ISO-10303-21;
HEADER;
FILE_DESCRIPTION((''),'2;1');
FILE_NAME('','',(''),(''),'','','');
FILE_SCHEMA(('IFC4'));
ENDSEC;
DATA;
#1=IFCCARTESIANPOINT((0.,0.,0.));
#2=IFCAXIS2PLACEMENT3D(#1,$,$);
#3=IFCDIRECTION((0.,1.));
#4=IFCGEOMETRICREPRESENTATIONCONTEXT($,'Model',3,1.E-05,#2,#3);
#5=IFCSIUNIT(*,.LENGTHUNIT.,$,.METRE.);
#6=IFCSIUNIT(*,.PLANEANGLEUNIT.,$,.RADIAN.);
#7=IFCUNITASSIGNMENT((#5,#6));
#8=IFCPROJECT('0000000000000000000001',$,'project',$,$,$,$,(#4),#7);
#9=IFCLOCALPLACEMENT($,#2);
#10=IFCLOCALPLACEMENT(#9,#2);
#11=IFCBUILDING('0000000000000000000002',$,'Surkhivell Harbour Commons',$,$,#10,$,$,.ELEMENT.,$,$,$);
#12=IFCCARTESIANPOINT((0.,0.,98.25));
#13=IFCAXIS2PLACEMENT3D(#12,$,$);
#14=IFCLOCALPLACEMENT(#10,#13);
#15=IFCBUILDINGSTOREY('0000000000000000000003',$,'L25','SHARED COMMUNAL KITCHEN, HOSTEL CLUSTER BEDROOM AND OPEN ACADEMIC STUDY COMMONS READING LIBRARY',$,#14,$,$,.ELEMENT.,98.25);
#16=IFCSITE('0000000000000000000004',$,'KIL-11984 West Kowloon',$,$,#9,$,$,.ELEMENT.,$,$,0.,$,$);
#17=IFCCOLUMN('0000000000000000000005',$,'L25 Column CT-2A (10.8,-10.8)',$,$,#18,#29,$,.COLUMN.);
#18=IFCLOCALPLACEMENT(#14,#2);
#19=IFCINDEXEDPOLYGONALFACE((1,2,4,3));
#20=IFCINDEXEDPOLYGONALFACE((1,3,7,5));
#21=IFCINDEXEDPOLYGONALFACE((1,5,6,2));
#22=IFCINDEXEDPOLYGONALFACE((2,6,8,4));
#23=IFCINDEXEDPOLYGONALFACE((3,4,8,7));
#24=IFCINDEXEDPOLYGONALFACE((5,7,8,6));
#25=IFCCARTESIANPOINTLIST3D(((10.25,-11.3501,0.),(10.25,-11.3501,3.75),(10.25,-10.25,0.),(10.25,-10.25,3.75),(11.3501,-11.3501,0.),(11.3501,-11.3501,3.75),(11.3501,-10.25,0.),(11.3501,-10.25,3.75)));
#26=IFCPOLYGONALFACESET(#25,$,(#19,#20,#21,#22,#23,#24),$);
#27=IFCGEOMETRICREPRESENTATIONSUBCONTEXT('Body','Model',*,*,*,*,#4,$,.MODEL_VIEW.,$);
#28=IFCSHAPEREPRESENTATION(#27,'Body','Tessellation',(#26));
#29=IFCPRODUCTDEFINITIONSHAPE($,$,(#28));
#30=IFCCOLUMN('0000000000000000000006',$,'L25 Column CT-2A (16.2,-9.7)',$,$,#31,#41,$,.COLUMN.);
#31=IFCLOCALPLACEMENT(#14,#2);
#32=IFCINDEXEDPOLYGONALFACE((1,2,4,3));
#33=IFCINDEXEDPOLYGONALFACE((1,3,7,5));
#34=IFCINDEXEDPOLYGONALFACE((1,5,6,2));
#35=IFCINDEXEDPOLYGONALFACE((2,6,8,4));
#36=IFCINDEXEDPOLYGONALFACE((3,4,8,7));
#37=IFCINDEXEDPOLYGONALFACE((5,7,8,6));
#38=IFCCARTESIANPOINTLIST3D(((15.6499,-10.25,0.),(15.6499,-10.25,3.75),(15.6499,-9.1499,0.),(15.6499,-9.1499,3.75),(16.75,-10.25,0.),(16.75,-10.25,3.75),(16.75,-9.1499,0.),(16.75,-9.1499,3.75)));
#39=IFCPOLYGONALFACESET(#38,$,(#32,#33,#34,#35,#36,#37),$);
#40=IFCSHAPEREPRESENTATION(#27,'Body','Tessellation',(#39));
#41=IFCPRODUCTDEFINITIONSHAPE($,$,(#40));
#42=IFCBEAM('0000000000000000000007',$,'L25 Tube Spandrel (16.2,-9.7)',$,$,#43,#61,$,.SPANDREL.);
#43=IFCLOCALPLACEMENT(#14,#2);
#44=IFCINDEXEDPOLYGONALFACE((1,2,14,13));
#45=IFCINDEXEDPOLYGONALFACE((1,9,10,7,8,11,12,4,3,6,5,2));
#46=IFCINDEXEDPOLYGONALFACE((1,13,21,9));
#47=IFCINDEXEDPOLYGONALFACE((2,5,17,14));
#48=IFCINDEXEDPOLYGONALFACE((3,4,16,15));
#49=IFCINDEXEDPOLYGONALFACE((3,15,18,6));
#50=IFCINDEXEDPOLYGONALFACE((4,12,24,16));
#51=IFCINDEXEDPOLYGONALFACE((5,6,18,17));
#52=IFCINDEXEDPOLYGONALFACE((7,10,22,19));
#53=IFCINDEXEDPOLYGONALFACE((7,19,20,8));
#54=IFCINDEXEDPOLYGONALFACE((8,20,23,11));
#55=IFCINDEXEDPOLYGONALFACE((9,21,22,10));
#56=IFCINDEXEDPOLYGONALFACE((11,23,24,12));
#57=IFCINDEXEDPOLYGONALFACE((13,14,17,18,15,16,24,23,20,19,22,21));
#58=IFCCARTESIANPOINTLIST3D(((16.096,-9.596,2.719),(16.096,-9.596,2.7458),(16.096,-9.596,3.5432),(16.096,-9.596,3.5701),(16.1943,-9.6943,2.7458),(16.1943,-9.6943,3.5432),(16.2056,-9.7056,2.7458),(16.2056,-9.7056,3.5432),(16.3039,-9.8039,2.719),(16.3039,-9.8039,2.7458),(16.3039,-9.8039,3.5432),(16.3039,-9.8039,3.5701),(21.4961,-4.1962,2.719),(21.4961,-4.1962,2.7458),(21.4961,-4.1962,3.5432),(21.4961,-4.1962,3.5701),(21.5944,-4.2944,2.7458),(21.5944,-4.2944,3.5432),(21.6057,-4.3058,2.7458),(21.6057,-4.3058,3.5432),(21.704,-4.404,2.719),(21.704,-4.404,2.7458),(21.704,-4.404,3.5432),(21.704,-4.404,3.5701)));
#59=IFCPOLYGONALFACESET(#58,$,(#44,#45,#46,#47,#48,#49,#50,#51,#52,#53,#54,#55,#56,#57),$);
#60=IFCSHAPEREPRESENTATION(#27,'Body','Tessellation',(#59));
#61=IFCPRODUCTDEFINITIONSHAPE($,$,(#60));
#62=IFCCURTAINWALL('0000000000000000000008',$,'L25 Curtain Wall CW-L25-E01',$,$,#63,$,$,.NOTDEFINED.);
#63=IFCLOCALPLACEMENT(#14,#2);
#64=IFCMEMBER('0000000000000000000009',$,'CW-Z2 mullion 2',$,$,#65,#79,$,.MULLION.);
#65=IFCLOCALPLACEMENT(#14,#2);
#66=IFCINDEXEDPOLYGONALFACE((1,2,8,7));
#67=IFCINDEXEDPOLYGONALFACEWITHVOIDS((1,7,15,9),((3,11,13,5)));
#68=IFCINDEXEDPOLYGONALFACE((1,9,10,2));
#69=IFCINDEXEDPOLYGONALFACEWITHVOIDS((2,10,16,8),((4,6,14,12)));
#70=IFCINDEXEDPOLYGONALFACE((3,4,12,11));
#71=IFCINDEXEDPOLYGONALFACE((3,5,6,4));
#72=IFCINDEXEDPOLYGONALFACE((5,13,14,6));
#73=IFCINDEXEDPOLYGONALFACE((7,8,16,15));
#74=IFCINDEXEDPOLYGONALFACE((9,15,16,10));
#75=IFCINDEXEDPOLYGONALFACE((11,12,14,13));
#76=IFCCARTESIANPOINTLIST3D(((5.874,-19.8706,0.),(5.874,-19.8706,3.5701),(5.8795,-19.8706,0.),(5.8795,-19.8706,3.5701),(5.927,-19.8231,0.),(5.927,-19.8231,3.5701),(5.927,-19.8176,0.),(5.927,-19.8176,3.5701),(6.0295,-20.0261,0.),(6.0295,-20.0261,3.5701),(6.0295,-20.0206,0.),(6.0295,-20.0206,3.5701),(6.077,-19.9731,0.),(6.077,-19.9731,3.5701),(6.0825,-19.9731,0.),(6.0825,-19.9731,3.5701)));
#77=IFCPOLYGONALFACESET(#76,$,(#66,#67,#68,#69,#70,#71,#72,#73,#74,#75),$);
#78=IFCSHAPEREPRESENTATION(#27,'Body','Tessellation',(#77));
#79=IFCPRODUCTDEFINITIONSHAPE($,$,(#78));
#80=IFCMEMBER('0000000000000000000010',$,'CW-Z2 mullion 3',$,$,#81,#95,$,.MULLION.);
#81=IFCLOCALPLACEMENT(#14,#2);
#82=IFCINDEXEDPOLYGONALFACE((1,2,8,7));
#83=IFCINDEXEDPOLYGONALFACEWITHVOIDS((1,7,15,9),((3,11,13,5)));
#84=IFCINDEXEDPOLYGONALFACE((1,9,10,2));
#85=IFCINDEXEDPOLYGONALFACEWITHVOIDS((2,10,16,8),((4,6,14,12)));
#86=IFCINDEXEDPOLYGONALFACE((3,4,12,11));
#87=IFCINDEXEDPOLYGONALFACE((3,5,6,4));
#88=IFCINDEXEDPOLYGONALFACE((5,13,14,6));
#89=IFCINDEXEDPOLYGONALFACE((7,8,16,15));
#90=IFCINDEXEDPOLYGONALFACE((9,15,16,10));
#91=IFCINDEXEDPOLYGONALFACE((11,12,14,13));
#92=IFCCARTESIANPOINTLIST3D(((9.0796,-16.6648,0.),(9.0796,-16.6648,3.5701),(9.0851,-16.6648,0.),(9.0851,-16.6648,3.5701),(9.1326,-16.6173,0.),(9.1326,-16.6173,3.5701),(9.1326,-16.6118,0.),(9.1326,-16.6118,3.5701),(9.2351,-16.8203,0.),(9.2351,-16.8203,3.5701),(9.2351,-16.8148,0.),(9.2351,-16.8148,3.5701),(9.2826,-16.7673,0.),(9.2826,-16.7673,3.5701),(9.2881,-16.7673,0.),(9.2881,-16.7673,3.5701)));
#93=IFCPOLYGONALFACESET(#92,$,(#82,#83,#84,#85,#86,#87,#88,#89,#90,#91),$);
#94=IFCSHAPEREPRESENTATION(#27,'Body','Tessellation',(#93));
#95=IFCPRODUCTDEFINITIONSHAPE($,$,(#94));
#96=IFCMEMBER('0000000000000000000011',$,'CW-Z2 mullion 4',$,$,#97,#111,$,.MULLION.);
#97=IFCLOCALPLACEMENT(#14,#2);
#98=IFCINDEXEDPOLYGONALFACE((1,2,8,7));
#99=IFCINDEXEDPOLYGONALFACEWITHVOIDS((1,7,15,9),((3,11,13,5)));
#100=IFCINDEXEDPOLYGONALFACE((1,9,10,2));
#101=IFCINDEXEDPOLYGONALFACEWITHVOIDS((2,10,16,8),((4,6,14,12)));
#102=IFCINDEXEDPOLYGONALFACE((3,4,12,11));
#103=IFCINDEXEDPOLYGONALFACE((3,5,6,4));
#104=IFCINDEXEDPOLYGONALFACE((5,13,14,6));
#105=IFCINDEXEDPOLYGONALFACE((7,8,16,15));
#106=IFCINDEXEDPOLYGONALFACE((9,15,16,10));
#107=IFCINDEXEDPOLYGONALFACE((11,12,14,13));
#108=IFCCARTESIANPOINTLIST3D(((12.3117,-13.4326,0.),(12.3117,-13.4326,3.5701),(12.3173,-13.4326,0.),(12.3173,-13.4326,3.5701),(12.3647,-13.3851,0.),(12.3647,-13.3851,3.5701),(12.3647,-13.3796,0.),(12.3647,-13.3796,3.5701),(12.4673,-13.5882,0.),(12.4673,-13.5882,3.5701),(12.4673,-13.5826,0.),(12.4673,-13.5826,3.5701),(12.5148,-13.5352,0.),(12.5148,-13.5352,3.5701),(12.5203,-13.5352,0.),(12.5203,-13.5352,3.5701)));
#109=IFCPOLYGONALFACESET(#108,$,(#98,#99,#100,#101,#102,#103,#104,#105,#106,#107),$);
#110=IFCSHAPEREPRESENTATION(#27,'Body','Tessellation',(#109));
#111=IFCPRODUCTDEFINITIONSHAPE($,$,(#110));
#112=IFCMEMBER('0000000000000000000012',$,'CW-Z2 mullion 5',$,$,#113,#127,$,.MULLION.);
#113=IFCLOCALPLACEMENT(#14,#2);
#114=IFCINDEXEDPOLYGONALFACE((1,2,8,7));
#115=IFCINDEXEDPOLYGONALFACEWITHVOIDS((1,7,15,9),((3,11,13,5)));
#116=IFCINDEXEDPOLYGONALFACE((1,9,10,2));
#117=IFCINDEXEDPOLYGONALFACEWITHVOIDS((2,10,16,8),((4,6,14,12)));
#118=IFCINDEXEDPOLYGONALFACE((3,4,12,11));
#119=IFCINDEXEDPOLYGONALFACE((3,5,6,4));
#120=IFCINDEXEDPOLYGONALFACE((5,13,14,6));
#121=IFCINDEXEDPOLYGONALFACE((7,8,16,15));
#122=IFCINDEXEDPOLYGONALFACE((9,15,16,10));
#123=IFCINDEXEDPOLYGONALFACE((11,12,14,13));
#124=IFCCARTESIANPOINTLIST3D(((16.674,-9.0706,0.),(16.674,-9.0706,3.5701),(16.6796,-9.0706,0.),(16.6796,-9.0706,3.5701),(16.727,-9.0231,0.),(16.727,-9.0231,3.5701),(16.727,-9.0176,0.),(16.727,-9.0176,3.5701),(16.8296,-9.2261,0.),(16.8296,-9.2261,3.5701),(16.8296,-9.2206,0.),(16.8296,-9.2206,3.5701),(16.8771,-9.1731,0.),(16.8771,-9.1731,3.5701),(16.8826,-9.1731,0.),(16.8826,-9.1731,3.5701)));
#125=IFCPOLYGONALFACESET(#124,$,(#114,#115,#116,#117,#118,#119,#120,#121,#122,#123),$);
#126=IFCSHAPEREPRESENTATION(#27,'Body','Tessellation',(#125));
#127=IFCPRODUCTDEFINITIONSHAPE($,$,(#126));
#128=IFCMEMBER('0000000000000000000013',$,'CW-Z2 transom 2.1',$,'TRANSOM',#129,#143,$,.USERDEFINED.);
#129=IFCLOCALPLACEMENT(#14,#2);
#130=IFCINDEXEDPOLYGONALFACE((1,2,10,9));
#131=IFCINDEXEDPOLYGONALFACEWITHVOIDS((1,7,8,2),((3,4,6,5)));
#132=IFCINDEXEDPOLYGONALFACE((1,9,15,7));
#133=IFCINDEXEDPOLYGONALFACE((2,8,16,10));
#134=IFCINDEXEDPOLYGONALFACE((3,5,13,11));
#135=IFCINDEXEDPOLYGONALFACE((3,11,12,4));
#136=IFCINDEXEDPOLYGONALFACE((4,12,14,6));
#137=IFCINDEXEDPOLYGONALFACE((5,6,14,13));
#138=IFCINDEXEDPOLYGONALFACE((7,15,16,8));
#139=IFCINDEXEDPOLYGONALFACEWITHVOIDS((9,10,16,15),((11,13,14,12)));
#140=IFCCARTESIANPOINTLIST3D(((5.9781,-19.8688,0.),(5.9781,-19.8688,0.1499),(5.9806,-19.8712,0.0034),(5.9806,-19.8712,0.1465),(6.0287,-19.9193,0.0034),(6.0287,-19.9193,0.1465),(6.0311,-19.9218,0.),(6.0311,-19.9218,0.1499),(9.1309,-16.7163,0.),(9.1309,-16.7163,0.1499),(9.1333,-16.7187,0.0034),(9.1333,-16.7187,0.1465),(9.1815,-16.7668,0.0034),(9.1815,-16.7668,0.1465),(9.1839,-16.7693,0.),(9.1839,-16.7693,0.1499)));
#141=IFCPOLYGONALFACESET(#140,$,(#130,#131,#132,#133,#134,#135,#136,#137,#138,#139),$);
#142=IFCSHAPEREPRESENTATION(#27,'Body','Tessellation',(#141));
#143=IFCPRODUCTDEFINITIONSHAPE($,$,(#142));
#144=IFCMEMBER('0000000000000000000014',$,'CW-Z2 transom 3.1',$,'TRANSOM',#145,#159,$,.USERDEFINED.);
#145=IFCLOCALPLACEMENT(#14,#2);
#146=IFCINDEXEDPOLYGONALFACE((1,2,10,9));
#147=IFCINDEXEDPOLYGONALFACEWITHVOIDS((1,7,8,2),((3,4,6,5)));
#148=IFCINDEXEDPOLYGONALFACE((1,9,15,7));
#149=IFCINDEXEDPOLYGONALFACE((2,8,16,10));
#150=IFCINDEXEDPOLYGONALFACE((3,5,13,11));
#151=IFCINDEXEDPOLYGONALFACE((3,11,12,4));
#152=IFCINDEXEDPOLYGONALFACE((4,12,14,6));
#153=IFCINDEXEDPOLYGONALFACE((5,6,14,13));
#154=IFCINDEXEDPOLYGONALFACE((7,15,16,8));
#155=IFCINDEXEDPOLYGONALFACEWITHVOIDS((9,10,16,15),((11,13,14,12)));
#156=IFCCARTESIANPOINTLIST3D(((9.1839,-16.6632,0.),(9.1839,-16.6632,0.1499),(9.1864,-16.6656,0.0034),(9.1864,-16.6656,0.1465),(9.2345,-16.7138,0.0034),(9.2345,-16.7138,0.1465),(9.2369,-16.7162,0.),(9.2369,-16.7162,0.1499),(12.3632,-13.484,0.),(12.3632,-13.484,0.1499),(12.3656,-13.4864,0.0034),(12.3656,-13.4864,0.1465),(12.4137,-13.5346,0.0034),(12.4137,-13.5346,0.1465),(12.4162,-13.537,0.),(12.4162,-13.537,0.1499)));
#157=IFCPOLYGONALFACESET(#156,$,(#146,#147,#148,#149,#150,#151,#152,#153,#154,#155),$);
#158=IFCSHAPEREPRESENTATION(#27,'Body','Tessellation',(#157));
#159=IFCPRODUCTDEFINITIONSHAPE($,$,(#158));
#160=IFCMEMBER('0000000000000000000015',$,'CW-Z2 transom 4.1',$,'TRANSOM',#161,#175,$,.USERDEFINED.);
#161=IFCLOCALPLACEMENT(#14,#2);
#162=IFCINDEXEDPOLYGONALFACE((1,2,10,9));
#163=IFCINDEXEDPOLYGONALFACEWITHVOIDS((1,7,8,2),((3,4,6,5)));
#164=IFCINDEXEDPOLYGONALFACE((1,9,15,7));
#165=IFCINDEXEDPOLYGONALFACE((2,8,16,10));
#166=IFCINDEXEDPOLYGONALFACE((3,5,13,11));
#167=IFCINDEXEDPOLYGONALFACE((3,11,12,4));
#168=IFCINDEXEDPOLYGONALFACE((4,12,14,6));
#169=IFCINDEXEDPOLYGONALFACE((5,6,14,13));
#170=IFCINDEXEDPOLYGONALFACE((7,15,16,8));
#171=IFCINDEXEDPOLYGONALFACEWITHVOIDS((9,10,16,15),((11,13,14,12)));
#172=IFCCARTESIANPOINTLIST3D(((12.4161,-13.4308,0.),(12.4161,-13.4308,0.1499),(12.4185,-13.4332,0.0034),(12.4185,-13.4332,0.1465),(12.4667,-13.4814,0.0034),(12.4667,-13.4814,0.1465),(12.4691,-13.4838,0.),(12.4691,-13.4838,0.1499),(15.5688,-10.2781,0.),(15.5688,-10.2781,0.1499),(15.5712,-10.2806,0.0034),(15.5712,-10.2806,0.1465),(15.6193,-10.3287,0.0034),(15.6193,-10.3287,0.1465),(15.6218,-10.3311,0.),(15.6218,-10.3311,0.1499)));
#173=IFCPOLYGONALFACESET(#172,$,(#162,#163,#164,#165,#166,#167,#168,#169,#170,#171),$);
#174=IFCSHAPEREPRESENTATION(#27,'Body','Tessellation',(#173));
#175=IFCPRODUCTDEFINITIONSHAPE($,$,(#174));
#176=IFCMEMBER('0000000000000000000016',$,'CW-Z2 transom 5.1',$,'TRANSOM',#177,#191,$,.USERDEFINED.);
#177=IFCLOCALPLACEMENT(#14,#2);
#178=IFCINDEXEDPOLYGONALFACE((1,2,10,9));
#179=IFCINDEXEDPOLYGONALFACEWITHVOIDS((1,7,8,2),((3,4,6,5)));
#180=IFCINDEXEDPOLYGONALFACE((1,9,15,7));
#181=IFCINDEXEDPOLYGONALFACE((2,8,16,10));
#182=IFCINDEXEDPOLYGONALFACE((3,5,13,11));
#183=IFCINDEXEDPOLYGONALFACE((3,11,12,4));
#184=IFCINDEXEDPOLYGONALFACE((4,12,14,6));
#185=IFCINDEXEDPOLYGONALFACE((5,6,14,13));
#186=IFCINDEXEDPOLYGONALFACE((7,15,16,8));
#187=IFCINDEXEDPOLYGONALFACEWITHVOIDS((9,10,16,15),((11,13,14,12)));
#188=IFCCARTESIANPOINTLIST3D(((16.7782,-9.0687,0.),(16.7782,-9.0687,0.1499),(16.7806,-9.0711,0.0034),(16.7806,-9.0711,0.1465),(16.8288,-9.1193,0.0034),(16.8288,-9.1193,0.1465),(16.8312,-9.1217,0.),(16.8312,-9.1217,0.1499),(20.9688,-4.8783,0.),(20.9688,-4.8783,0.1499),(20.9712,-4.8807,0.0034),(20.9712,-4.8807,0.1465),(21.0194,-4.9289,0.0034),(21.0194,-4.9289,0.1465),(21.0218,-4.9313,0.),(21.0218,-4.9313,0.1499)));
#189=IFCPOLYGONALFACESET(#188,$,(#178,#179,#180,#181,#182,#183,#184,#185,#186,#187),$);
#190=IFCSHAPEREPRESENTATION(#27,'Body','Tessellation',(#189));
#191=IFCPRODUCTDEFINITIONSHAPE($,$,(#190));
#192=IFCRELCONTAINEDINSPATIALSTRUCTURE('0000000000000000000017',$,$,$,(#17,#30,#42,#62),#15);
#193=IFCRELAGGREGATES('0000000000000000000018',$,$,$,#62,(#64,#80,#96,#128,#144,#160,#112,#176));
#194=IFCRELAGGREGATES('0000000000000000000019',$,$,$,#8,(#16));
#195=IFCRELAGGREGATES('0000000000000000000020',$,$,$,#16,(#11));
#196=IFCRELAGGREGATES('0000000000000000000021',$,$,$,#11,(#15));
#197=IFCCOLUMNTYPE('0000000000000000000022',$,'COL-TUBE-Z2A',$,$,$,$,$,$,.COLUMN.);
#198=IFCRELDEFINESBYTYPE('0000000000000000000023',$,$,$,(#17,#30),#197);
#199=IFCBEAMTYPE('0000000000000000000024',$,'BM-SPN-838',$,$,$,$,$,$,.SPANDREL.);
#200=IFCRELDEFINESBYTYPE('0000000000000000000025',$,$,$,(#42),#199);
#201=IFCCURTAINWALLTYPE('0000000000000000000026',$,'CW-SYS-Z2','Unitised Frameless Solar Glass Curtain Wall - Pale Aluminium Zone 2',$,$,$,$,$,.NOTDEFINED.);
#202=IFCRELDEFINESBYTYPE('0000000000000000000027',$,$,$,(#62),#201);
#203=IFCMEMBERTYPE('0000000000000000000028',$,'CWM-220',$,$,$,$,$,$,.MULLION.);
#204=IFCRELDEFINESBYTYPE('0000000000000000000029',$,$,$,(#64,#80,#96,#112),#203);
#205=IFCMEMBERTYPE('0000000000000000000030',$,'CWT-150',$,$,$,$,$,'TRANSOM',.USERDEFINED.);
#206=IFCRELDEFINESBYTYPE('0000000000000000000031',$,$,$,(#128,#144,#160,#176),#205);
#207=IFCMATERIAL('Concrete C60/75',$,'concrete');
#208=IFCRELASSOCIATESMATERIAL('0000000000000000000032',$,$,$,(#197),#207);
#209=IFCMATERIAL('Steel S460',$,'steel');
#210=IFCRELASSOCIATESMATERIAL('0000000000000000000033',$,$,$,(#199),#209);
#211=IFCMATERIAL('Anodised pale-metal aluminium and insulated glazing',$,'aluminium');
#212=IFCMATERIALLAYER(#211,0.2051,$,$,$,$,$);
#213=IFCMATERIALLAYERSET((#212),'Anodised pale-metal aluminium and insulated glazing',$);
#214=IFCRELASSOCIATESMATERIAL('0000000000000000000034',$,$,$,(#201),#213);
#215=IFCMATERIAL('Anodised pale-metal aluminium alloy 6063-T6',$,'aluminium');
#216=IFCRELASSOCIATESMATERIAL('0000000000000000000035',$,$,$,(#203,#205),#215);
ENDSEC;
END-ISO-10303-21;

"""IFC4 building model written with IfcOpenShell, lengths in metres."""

from ifc_helpers import new_model, si_unit, direction, frame, origin, origin_2d, place, context, subcontext, project, spatial, rectangle, hollow_rectangle, i_section, extrude, material, layer, layer_set, material_profile, profile_set, type_object, element, aggregate, save


model = new_model("IFC4")

# Units and contexts
model_context = context("Model", 3, precision=1e-05, world=origin(), true_north=direction((0.0, 1.0)))
body_context = subcontext(model_context, "Body", "Model", "MODEL_VIEW")
ifc_project = project(units=[si_unit("LENGTHUNIT", "METRE"), si_unit("PLANEANGLEUNIT", "RADIAN")], contexts=[model_context])

# Site, building, storey
site_placement = place(None, origin())
site = spatial("IfcSite", under=ifc_project, at=site_placement, Name="KIL-11984 West Kowloon", CompositionType="ELEMENT", RefElevation=0.0)
building_placement = place(site_placement, origin())
building = spatial("IfcBuilding", under=site, at=building_placement, Name="Surkhivell Harbour Commons", CompositionType="ELEMENT")
storey_placement = place(building_placement, frame((0.0, 0.0, 98.25)))
storey = spatial("IfcBuildingStorey", under=building, at=storey_placement, Name="L25", Description="SHARED COMMUNAL KITCHEN, HOSTEL CLUSTER BEDROOM AND OPEN ACADEMIC STUDY COMMONS READING LIBRARY", CompositionType="ELEMENT", Elevation=98.25)

# Columns
ifc_material_1 = material(Name="Concrete C60/75", Category="concrete")
ifc_material_profile_1 = material_profile(ifc_material_1, rectangle(XDim=1.1001, YDim=1.1001, at=origin_2d()), Name="RC-COL-1100x1100")
ifc_profile_set_1 = profile_set([ifc_material_profile_1], Name="Concrete C60/75")
column_type = type_object("IfcColumnType", Name="COL-TUBE-Z2A", PredefinedType="COLUMN", material=ifc_profile_set_1)
for number, where, z_axis, x_axis, name in (
    (1, (10.8, -10.8, 0.0), (0.0, 0.0, 1.0), (1.0, 0.0, 0.0), "L25 Column CT-2A (10.8,-10.8)"),
    (2, (16.2, -9.7, 0.0), (0.0, 0.0, 1.0), (1.0, 0.0, 0.0), "L25 Column CT-2A (16.2,-9.7)"),
):
    element("IfcColumn", number, at=place(storey_placement, frame(where, z_axis=z_axis, x_axis=x_axis)), inside=storey, type_object=column_type, Name=name, PredefinedType="COLUMN", context=body_context, shape_type="SweptSolid", body=[
        extrude(rectangle(XDim=1.1001, YDim=1.1001, at=origin_2d()), origin(), (0.0, 0.0, 1.0), 3.75),
    ])

# Beam
ifc_material_2 = material(Name="Steel S460", Category="steel")
ifc_material_profile_2 = material_profile(ifc_material_2, i_section(OverallWidth=0.2939, OverallDepth=0.8511, WebThickness=0.0161, FlangeThickness=0.0269, at=origin_2d()), Name="UB838x292x226")
ifc_profile_set_2 = profile_set([ifc_material_profile_2], Name="Steel S460")
beam_type = type_object("IfcBeamType", Name="BM-SPN-838", PredefinedType="SPANDREL", material=ifc_profile_set_2)
beam_placement = place(storey_placement, frame((16.2, -9.7, 3.1445), z_axis=(0.707123, 0.707091, 0.0), x_axis=(-0.707091, 0.707123, 0.0)))
element("IfcBeam", 3, at=beam_placement, inside=storey, type_object=beam_type, Name="L25 Tube Spandrel (16.2,-9.7)", PredefinedType="SPANDREL", context=body_context, shape_type="SweptSolid", body=[
    extrude(i_section(OverallWidth=0.2939, OverallDepth=0.8511, WebThickness=0.0161, FlangeThickness=0.0269, at=origin_2d()), origin(), (0.0, 0.0, 1.0), 7.6367),
])

# Curtain wall, members
ifc_material_3 = material(Name="Anodised pale-metal aluminium and insulated glazing", Category="aluminium")
ifc_layer_1 = layer(ifc_material_3, 0.2051)
ifc_layer_set_1 = layer_set([ifc_layer_1], Name="Anodised pale-metal aluminium and insulated glazing")
curtain_wall_type = type_object("IfcCurtainWallType", Name="CW-SYS-Z2", Description="Unitised Frameless Solar Glass Curtain Wall - Pale Aluminium Zone 2", PredefinedType="NOTDEFINED", material=ifc_layer_set_1)
curtain_wall_placement = place(storey_placement, origin())
curtain_wall = element("IfcCurtainWall", 4, at=curtain_wall_placement, inside=storey, type_object=curtain_wall_type, Name="L25 Curtain Wall CW-L25-E01", PredefinedType="NOTDEFINED")
ifc_material_4 = material(Name="Anodised pale-metal aluminium alloy 6063-T6", Category="aluminium")
ifc_material_profile_3 = material_profile(ifc_material_4, hollow_rectangle(XDim=0.075, YDim=0.22, WallThickness=0.0039, at=origin_2d()), Name="ALU-MULL-75x220")
ifc_profile_set_3 = profile_set([ifc_material_profile_3], Name="Anodised pale-metal aluminium alloy 6063-T6")
member_type_1 = type_object("IfcMemberType", Name="CWM-220", PredefinedType="MULLION", material=ifc_profile_set_3)
member_1_placement = place(storey_placement, frame((5.9783, -19.9219, 0.0), z_axis=(0.0, 0.0, 1.0), x_axis=(0.707107, 0.707107, 0.0)))
member_1 = element("IfcMember", 5, at=member_1_placement, type_object=member_type_1, Name="CW-Z2 mullion 2", PredefinedType="MULLION", context=body_context, shape_type="SweptSolid", body=[
    extrude(hollow_rectangle(XDim=0.075, YDim=0.22, WallThickness=0.0039, at=origin_2d()), origin(), (0.0, 0.0, 1.0), 3.5701),
])
member_2_placement = place(storey_placement, frame((9.1838, -16.7161, 0.0), z_axis=(0.0, 0.0, 1.0), x_axis=(0.707107, 0.707107, 0.0)))
member_2 = element("IfcMember", 6, at=member_2_placement, type_object=member_type_1, Name="CW-Z2 mullion 3", PredefinedType="MULLION", context=body_context, shape_type="SweptSolid", body=[
    extrude(hollow_rectangle(XDim=0.075, YDim=0.22, WallThickness=0.0039, at=origin_2d()), origin(), (0.0, 0.0, 1.0), 3.5701),
])
member_3_placement = place(storey_placement, frame((12.416, -13.4839, 0.0), z_axis=(0.0, 0.0, 1.0), x_axis=(0.707107, 0.707107, 0.0)))
member_3 = element("IfcMember", 7, at=member_3_placement, type_object=member_type_1, Name="CW-Z2 mullion 4", PredefinedType="MULLION", context=body_context, shape_type="SweptSolid", body=[
    extrude(hollow_rectangle(XDim=0.075, YDim=0.22, WallThickness=0.0039, at=origin_2d()), origin(), (0.0, 0.0, 1.0), 3.5701),
])
member_4_placement = place(storey_placement, frame((16.7783, -9.1218, 0.0), z_axis=(0.0, 0.0, 1.0), x_axis=(0.707107, 0.707107, 0.0)))
member_4 = element("IfcMember", 8, at=member_4_placement, type_object=member_type_1, Name="CW-Z2 mullion 5", PredefinedType="MULLION", context=body_context, shape_type="SweptSolid", body=[
    extrude(hollow_rectangle(XDim=0.075, YDim=0.22, WallThickness=0.0039, at=origin_2d()), origin(), (0.0, 0.0, 1.0), 3.5701),
])
ifc_material_profile_4 = material_profile(ifc_material_4, hollow_rectangle(XDim=0.075, YDim=0.1499, WallThickness=0.0034, at=origin_2d()), Name="ALU-TRAN-75x150")
ifc_profile_set_4 = profile_set([ifc_material_profile_4], Name="Anodised pale-metal aluminium alloy 6063-T6")
member_type_2 = type_object("IfcMemberType", Name="CWT-150", ElementType="TRANSOM", PredefinedType="USERDEFINED", material=ifc_profile_set_4)
member_5_placement = place(storey_placement, frame((6.0046, -19.8953, 0.075), z_axis=(0.707134, 0.707079, 0.0), x_axis=(-0.707079, 0.707134, 0.0)))
member_5 = element("IfcMember", 9, at=member_5_placement, type_object=member_type_2, Name="CW-Z2 transom 2.1", ObjectType="TRANSOM", PredefinedType="USERDEFINED", context=body_context, shape_type="SweptSolid", body=[
    extrude(hollow_rectangle(XDim=0.075, YDim=0.1499, WallThickness=0.0034, at=origin_2d()), origin(), (0.0, 0.0, 1.0), 4.4585),
])
member_6_placement = place(storey_placement, frame((9.2104, -16.6897, 0.075), z_axis=(0.707107, 0.707107, 0.0), x_axis=(-0.707107, 0.707107, 0.0)))
member_6 = element("IfcMember", 10, at=member_6_placement, type_object=member_type_2, Name="CW-Z2 transom 3.1", ObjectType="TRANSOM", PredefinedType="USERDEFINED", context=body_context, shape_type="SweptSolid", body=[
    extrude(hollow_rectangle(XDim=0.075, YDim=0.1499, WallThickness=0.0034, at=origin_2d()), origin(), (0.0, 0.0, 1.0), 4.4961),
])
member_7_placement = place(storey_placement, frame((12.4426, -13.4573, 0.075), z_axis=(0.707107, 0.707107, 0.0), x_axis=(-0.707107, 0.707107, 0.0)))
member_7 = element("IfcMember", 11, at=member_7_placement, type_object=member_type_2, Name="CW-Z2 transom 4.1", ObjectType="TRANSOM", PredefinedType="USERDEFINED", context=body_context, shape_type="SweptSolid", body=[
    extrude(hollow_rectangle(XDim=0.075, YDim=0.1499, WallThickness=0.0034, at=origin_2d()), origin(), (0.0, 0.0, 1.0), 4.4585),
])
member_8_placement = place(storey_placement, frame((16.8047, -9.0952, 0.075), z_axis=(0.707127, 0.707086, 0.0), x_axis=(-0.707086, 0.707127, 0.0)))
member_8 = element("IfcMember", 12, at=member_8_placement, type_object=member_type_2, Name="CW-Z2 transom 5.1", ObjectType="TRANSOM", PredefinedType="USERDEFINED", context=body_context, shape_type="SweptSolid", body=[
    extrude(hollow_rectangle(XDim=0.075, YDim=0.1499, WallThickness=0.0034, at=origin_2d()), origin(), (0.0, 0.0, 1.0), 5.9263),
])
aggregate(curtain_wall, [member_1, member_2, member_3, member_5, member_6, member_7, member_4, member_8])

save(model, "model.ifc")
